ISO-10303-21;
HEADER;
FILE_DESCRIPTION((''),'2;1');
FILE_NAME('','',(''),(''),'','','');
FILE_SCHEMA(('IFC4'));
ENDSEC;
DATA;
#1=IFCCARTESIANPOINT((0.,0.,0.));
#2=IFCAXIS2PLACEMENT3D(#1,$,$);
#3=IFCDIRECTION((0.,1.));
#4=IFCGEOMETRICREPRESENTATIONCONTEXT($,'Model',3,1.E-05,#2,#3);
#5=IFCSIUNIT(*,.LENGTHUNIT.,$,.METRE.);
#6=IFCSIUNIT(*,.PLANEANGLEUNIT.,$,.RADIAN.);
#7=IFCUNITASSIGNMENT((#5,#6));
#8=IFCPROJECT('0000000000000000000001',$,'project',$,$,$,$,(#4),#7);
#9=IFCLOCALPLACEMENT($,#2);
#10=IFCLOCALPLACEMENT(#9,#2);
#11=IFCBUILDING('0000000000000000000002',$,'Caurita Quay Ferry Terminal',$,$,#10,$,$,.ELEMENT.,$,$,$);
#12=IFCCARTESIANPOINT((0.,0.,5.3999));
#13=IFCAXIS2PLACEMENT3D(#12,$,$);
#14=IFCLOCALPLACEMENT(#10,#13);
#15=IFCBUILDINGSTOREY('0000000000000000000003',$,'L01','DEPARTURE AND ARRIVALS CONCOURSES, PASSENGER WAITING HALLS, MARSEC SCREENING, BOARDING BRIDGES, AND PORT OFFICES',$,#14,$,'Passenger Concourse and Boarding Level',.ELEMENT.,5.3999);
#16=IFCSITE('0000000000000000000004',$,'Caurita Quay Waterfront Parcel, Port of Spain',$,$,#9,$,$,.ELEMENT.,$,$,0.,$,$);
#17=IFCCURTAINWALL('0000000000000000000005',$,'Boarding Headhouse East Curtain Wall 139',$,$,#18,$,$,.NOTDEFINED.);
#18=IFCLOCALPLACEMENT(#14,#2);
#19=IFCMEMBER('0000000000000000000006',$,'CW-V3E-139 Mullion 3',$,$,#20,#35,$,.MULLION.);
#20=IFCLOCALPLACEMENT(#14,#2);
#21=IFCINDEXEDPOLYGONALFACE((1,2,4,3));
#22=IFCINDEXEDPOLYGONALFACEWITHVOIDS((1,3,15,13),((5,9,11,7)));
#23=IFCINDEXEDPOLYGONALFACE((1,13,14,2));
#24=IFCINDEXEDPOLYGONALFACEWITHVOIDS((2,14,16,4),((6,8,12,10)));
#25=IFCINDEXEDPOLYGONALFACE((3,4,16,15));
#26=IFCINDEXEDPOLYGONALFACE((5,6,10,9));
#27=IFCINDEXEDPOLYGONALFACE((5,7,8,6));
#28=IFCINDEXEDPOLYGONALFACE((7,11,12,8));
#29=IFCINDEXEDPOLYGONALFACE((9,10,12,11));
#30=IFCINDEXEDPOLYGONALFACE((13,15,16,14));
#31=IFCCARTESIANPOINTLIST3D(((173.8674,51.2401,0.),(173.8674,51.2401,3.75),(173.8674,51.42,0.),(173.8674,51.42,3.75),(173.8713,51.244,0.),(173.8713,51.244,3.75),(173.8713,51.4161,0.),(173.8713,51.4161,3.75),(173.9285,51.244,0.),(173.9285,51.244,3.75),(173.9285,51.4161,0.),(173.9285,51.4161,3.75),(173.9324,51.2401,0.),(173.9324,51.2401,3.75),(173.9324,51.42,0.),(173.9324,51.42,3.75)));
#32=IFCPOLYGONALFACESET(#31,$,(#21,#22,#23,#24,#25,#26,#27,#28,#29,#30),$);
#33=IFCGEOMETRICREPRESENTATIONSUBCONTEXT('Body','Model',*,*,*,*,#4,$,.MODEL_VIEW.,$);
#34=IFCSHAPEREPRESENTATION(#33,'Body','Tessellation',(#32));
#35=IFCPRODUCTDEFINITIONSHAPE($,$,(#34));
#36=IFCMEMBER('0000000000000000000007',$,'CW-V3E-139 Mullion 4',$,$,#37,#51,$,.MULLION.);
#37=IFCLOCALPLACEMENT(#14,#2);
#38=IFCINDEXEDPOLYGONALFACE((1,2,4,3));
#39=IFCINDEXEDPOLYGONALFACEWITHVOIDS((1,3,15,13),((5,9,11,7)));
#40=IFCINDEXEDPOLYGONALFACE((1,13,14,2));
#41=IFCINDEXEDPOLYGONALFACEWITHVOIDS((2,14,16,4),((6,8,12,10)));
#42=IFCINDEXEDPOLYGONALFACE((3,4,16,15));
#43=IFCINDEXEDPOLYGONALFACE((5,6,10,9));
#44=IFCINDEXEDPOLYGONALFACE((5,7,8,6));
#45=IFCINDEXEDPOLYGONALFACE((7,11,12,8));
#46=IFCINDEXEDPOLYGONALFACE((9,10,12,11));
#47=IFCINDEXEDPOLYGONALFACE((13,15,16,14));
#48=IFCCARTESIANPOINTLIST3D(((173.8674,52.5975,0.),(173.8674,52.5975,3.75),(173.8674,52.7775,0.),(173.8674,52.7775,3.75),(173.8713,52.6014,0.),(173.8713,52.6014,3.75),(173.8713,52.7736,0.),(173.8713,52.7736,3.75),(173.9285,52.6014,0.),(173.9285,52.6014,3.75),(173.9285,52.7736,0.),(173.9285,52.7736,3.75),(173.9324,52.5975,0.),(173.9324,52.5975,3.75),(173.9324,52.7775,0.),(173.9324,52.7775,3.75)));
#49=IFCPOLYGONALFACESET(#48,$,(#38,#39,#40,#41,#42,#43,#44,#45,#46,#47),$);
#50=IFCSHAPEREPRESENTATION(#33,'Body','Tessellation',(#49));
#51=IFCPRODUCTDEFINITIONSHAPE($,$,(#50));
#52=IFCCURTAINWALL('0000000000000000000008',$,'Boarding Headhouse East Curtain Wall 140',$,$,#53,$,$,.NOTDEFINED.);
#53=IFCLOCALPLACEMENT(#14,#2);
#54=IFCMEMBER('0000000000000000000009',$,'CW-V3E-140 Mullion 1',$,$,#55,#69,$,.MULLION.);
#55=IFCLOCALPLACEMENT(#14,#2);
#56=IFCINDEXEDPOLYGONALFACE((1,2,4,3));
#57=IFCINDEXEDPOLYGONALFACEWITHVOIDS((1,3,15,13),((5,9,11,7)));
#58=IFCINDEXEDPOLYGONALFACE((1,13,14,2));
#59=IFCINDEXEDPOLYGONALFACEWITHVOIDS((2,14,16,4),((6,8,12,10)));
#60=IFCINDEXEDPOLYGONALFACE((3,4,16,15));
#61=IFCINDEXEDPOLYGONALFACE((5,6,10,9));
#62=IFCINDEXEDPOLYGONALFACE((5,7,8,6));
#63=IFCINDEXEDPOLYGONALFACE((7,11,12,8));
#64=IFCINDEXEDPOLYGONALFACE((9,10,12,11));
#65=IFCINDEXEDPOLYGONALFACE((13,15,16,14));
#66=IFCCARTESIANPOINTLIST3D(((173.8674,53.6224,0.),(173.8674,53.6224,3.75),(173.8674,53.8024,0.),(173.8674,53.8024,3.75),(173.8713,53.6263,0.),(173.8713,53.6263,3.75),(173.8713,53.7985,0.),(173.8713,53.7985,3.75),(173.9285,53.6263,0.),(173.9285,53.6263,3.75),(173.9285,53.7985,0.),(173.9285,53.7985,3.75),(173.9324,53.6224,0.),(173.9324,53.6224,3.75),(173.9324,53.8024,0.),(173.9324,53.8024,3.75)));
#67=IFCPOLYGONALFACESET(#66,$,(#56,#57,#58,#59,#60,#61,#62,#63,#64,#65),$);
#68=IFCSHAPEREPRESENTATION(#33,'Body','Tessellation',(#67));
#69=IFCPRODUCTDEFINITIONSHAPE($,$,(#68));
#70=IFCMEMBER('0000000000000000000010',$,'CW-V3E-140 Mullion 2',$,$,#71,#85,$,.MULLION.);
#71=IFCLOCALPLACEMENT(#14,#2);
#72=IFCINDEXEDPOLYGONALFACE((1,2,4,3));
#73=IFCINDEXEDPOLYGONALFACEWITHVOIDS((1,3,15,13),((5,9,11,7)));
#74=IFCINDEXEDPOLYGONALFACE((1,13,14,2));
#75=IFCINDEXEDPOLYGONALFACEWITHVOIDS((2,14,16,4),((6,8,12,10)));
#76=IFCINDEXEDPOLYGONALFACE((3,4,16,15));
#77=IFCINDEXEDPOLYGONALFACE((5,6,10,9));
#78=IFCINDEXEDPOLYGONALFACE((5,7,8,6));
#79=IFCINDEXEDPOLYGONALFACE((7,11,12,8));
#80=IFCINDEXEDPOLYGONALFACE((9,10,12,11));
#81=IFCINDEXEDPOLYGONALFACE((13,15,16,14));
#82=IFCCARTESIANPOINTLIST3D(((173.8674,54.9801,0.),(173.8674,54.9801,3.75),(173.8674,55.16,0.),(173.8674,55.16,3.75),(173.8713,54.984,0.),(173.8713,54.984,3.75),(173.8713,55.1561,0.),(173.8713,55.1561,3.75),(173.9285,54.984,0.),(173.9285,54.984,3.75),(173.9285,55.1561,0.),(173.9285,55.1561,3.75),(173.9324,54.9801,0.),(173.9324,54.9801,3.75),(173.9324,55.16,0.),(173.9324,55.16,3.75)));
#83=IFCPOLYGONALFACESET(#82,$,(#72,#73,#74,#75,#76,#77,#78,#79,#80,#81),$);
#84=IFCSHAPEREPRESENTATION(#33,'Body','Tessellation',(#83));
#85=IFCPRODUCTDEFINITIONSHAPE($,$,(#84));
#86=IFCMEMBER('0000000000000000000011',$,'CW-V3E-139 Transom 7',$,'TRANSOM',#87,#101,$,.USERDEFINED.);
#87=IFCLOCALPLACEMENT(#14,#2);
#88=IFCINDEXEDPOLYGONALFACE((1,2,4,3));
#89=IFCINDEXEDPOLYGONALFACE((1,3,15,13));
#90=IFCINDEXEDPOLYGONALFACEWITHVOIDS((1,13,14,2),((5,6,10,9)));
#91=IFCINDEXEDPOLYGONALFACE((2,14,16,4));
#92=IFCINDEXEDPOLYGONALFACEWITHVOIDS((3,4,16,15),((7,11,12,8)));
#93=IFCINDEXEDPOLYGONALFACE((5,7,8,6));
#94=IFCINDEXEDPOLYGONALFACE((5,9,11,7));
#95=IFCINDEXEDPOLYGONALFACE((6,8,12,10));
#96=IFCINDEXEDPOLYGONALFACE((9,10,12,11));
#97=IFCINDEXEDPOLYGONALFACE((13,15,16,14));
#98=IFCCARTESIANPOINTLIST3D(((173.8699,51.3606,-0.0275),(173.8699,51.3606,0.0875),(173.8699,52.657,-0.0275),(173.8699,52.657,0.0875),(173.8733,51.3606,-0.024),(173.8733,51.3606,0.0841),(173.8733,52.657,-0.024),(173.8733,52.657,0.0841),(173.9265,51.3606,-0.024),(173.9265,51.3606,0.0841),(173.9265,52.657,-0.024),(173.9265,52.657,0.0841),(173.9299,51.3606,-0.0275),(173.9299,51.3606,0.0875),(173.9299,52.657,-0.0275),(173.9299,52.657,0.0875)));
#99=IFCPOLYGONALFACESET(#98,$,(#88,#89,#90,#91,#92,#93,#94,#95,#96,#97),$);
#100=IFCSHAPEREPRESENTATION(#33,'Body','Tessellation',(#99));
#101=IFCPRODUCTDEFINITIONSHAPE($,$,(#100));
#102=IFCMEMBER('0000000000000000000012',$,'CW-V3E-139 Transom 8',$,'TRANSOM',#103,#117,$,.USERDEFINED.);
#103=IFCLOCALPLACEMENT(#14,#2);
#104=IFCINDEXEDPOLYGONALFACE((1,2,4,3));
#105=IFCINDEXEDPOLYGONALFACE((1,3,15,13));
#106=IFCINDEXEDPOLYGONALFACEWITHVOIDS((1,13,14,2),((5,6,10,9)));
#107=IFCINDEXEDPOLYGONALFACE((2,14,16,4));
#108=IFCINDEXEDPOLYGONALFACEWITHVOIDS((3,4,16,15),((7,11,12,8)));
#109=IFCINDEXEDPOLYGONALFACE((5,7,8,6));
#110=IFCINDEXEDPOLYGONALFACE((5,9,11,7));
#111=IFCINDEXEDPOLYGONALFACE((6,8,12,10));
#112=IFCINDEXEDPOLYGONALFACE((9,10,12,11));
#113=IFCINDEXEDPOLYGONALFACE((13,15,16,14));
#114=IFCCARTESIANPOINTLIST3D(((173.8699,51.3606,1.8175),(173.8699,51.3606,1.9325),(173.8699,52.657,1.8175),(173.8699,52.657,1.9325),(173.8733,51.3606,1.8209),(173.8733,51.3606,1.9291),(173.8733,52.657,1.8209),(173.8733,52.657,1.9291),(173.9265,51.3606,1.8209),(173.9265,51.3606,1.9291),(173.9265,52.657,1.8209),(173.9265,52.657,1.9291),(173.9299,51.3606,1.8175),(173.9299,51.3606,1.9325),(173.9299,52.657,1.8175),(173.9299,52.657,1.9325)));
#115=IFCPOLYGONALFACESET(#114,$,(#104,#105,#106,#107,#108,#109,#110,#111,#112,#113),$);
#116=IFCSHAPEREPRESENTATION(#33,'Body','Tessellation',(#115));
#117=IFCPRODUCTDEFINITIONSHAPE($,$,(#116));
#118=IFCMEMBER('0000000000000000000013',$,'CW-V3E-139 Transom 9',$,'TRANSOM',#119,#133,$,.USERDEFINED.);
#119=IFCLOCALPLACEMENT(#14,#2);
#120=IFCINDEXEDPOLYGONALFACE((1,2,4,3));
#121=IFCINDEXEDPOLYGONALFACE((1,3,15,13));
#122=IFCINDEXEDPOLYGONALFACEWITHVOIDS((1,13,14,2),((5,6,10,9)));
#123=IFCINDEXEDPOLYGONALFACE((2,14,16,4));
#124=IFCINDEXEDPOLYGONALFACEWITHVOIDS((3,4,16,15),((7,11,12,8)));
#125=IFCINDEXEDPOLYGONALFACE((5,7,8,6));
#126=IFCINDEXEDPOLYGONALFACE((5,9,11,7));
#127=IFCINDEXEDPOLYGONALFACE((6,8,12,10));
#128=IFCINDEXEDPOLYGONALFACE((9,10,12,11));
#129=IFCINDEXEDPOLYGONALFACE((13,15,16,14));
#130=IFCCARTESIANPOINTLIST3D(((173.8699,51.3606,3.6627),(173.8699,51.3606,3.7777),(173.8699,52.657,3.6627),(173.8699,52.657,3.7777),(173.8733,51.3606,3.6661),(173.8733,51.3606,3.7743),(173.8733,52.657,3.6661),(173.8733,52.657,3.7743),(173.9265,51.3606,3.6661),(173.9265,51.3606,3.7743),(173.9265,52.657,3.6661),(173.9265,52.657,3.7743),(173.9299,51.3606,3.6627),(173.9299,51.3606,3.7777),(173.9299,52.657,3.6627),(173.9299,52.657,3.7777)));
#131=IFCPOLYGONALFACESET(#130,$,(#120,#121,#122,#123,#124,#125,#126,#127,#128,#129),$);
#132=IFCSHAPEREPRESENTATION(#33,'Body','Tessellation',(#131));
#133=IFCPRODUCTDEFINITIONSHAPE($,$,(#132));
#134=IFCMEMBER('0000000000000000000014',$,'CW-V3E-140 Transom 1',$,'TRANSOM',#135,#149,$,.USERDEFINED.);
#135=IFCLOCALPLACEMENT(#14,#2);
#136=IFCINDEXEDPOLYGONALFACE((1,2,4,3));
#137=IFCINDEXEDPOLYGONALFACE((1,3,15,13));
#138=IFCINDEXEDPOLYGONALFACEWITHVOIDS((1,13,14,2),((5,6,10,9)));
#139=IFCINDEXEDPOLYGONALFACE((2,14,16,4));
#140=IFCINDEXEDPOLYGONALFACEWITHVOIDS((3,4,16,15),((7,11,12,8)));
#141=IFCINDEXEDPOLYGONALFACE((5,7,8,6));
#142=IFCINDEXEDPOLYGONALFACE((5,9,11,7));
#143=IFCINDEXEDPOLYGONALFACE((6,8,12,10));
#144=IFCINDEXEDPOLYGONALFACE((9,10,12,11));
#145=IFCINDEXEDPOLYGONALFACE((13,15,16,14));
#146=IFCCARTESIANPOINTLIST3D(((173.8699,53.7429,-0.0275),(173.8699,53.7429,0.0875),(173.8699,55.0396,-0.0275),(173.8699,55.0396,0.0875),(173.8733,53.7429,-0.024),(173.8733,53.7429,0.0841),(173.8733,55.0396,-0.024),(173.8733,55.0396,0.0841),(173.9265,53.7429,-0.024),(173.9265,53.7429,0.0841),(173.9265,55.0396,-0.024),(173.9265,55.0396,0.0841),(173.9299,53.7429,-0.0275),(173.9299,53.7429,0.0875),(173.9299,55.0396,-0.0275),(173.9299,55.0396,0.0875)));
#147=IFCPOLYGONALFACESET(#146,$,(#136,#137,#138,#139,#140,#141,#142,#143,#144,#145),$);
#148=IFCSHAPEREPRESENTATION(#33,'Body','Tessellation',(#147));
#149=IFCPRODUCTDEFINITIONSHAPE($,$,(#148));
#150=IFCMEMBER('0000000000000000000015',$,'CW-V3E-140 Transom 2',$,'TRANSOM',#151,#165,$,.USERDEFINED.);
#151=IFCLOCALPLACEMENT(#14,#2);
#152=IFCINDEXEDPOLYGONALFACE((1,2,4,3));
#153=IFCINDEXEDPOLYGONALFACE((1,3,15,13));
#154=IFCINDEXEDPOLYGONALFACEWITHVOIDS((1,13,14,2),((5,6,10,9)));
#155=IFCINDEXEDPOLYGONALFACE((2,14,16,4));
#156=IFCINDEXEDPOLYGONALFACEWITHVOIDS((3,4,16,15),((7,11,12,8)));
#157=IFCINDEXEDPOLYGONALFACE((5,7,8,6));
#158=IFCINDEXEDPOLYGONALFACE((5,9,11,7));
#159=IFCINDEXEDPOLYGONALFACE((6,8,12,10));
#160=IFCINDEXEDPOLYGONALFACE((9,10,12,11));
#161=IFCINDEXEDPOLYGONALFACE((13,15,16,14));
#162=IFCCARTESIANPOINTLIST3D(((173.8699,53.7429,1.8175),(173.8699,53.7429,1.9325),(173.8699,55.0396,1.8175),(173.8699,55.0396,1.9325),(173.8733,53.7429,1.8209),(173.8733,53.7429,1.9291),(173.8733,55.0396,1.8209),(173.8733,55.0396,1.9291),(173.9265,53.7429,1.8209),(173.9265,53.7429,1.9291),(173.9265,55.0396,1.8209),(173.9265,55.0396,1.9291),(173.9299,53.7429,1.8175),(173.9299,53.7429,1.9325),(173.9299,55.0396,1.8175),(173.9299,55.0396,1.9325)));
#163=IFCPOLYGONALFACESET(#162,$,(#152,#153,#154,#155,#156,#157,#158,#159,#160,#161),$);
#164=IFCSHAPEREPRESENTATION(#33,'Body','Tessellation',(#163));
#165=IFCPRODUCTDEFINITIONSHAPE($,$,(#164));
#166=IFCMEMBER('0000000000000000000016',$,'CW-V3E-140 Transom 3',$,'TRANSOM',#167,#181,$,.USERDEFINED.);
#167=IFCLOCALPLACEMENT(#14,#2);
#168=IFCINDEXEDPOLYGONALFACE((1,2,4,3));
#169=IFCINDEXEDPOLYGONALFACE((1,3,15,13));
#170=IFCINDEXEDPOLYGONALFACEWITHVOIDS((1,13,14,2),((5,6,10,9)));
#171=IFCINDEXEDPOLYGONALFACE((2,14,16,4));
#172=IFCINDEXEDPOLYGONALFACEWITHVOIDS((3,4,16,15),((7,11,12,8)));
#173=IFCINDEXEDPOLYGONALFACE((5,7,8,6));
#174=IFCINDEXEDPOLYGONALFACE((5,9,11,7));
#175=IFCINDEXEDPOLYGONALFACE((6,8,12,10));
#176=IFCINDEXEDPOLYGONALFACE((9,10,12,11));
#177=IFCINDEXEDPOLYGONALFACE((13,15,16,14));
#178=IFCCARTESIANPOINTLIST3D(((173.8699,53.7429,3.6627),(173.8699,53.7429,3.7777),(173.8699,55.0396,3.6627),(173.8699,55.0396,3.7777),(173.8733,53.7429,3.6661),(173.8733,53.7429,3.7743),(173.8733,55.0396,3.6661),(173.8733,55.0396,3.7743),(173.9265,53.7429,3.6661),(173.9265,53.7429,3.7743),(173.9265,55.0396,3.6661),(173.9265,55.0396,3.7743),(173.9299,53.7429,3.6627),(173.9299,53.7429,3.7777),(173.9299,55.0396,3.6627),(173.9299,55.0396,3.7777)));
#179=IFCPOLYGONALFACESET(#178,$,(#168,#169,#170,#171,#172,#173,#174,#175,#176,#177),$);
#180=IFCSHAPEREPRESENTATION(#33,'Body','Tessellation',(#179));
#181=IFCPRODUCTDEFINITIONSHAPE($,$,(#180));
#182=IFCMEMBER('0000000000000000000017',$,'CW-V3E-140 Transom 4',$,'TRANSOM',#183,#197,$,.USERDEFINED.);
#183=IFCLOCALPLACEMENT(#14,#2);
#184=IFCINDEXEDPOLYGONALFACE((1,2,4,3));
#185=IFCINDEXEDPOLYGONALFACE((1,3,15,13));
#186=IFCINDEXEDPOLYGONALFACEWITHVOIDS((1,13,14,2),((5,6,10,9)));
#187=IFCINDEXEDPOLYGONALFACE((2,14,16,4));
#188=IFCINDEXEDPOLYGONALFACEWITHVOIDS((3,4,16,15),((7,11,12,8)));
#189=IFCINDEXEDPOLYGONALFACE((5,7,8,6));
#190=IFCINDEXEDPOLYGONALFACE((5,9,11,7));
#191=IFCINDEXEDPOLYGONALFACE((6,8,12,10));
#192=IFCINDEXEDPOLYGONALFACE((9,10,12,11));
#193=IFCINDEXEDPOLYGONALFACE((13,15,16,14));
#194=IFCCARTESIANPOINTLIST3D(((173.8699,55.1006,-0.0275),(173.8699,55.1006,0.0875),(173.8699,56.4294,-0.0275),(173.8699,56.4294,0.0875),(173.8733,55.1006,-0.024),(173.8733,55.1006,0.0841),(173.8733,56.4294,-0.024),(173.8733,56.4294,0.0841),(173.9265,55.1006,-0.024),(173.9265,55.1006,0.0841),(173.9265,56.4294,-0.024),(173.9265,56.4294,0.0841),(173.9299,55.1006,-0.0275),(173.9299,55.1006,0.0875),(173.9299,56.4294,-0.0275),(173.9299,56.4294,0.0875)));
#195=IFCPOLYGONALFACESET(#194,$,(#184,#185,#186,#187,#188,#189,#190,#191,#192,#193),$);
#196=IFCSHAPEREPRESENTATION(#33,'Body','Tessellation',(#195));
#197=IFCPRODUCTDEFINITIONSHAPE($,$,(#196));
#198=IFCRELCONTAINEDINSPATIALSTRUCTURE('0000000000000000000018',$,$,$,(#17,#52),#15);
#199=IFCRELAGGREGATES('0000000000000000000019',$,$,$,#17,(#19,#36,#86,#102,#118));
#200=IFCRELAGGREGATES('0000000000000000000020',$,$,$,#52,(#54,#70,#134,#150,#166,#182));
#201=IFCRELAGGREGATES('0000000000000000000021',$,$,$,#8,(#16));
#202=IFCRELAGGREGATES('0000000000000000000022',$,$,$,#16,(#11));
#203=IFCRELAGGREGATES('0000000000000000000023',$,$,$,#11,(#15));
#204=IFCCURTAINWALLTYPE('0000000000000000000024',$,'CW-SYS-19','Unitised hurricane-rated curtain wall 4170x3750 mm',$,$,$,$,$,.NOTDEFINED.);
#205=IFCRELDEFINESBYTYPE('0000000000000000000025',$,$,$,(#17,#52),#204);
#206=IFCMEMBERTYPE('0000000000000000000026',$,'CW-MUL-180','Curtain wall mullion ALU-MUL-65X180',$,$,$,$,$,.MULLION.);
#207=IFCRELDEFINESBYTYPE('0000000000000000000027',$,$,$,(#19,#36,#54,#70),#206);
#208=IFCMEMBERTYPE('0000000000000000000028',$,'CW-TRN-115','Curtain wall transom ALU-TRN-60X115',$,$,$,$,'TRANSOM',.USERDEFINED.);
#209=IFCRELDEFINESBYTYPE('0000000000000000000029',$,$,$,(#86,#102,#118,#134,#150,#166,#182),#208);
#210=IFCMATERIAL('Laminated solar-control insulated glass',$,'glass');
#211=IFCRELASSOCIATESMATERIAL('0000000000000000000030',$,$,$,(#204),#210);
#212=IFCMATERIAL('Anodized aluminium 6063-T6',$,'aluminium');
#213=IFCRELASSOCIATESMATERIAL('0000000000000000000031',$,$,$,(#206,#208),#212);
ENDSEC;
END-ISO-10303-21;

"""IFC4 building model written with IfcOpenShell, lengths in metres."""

from ifc_helpers import new_model, si_unit, direction, frame, origin, origin_2d, place, context, subcontext, project, spatial, hollow_rectangle, extrude, material, material_profile, profile_set, type_object, element, aggregate, save


model = new_model("IFC4")

# Units and contexts
model_context = context("Model", 3, precision=1e-05, world=origin(), true_north=direction((0.0, 1.0)))
body_context = subcontext(model_context, "Body", "Model", "MODEL_VIEW")
ifc_project = project(units=[si_unit("LENGTHUNIT", "METRE"), si_unit("PLANEANGLEUNIT", "RADIAN")], contexts=[model_context])

# Site, building, storey
site_placement = place(None, origin())
site = spatial("IfcSite", under=ifc_project, at=site_placement, Name="Caurita Quay Waterfront Parcel, Port of Spain", CompositionType="ELEMENT", RefElevation=0.0)
building_placement = place(site_placement, origin())
building = spatial("IfcBuilding", under=site, at=building_placement, Name="Caurita Quay Ferry Terminal", CompositionType="ELEMENT")
storey_placement = place(building_placement, frame((0.0, 0.0, 5.3999)))
storey = spatial("IfcBuildingStorey", under=building, at=storey_placement, Name="L01", Description="DEPARTURE AND ARRIVALS CONCOURSES, PASSENGER WAITING HALLS, MARSEC SCREENING, BOARDING BRIDGES, AND PORT OFFICES", LongName="Passenger Concourse and Boarding Level", CompositionType="ELEMENT", Elevation=5.3999)

# Curtain walls, members
ifc_material_1 = material(Name="Laminated solar-control insulated glass", Category="glass")
curtain_wall_type = type_object("IfcCurtainWallType", Name="CW-SYS-19", Description="Unitised hurricane-rated curtain wall 4170x3750 mm", PredefinedType="NOTDEFINED", material=ifc_material_1)
curtain_wall_1_placement = place(storey_placement, origin())
curtain_wall_1 = element("IfcCurtainWall", 1, at=curtain_wall_1_placement, inside=storey, type_object=curtain_wall_type, Name="Boarding Headhouse East Curtain Wall 139", PredefinedType="NOTDEFINED")
ifc_material_2 = material(Name="Anodized aluminium 6063-T6", Category="aluminium")
ifc_material_profile_1 = material_profile(ifc_material_2, hollow_rectangle(XDim=0.0649, YDim=0.1799, WallThickness=0.0039, at=origin_2d()), Name="ALU-MUL-65X180")
ifc_profile_set_1 = profile_set([ifc_material_profile_1], Name="Anodized aluminium 6063-T6")
member_type_1 = type_object("IfcMemberType", Name="CW-MUL-180", Description="Curtain wall mullion ALU-MUL-65X180", PredefinedType="MULLION", material=ifc_profile_set_1)
member_1_placement = place(storey_placement, frame((173.8999, 51.3301, 0.0), z_axis=(0.0, 0.0, 1.0), x_axis=(-1.0, 0.0, 0.0)))
member_1 = element("IfcMember", 2, at=member_1_placement, type_object=member_type_1, Name="CW-V3E-139 Mullion 3", PredefinedType="MULLION", context=body_context, shape_type="SweptSolid", body=[
    extrude(hollow_rectangle(XDim=0.0649, YDim=0.1799, WallThickness=0.0039, at=origin_2d()), origin(), (0.0, 0.0, 1.0), 3.75),
])
member_2_placement = place(storey_placement, frame((173.8999, 52.6875, 0.0), z_axis=(0.0, 0.0, 1.0), x_axis=(-1.0, 0.0, 0.0)))
member_2 = element("IfcMember", 3, at=member_2_placement, type_object=member_type_1, Name="CW-V3E-139 Mullion 4", PredefinedType="MULLION", context=body_context, shape_type="SweptSolid", body=[
    extrude(hollow_rectangle(XDim=0.0649, YDim=0.1799, WallThickness=0.0039, at=origin_2d()), origin(), (0.0, 0.0, 1.0), 3.75),
])
curtain_wall_2_placement = place(storey_placement, origin())
curtain_wall_2 = element("IfcCurtainWall", 4, at=curtain_wall_2_placement, inside=storey, type_object=curtain_wall_type, Name="Boarding Headhouse East Curtain Wall 140", PredefinedType="NOTDEFINED")
member_3_placement = place(storey_placement, frame((173.8999, 53.7124, 0.0), z_axis=(0.0, 0.0, 1.0), x_axis=(-1.0, 0.0, 0.0)))
member_3 = element("IfcMember", 5, at=member_3_placement, type_object=member_type_1, Name="CW-V3E-140 Mullion 1", PredefinedType="MULLION", context=body_context, shape_type="SweptSolid", body=[
    extrude(hollow_rectangle(XDim=0.0649, YDim=0.1799, WallThickness=0.0039, at=origin_2d()), origin(), (0.0, 0.0, 1.0), 3.75),
])
member_4_placement = place(storey_placement, frame((173.8999, 55.0701, 0.0), z_axis=(0.0, 0.0, 1.0), x_axis=(-1.0, 0.0, 0.0)))
member_4 = element("IfcMember", 6, at=member_4_placement, type_object=member_type_1, Name="CW-V3E-140 Mullion 2", PredefinedType="MULLION", context=body_context, shape_type="SweptSolid", body=[
    extrude(hollow_rectangle(XDim=0.0649, YDim=0.1799, WallThickness=0.0039, at=origin_2d()), origin(), (0.0, 0.0, 1.0), 3.75),
])

# Members
ifc_material_profile_2 = material_profile(ifc_material_2, hollow_rectangle(XDim=0.0601, YDim=0.115, WallThickness=0.0034, at=origin_2d()), Name="ALU-TRN-60X115")
ifc_profile_set_2 = profile_set([ifc_material_profile_2], Name="Anodized aluminium 6063-T6")
member_type_2 = type_object("IfcMemberType", Name="CW-TRN-115", Description="Curtain wall transom ALU-TRN-60X115", ElementType="TRANSOM", PredefinedType="USERDEFINED", material=ifc_profile_set_2)
member_5_placement = place(storey_placement, frame((173.8999, 51.3606, 0.03), z_axis=(0.0, 1.0, 0.0), x_axis=(-1.0, 0.0, 0.0)))
member_5 = element("IfcMember", 7, at=member_5_placement, type_object=member_type_2, Name="CW-V3E-139 Transom 7", ObjectType="TRANSOM", PredefinedType="USERDEFINED", context=body_context, shape_type="SweptSolid", body=[
    extrude(hollow_rectangle(XDim=0.0601, YDim=0.115, WallThickness=0.0034, at=origin_2d()), origin(), (0.0, 0.0, 1.0), 1.2964),
])
member_6_placement = place(storey_placement, frame((173.8999, 51.3606, 1.875), z_axis=(0.0, 1.0, 0.0), x_axis=(-1.0, 0.0, 0.0)))
member_6 = element("IfcMember", 8, at=member_6_placement, type_object=member_type_2, Name="CW-V3E-139 Transom 8", ObjectType="TRANSOM", PredefinedType="USERDEFINED", context=body_context, shape_type="SweptSolid", body=[
    extrude(hollow_rectangle(XDim=0.0601, YDim=0.115, WallThickness=0.0034, at=origin_2d()), origin(), (0.0, 0.0, 1.0), 1.2964),
])
member_7_placement = place(storey_placement, frame((173.8999, 51.3606, 3.7202), z_axis=(0.0, 1.0, 0.0), x_axis=(-1.0, 0.0, 0.0)))
member_7 = element("IfcMember", 9, at=member_7_placement, type_object=member_type_2, Name="CW-V3E-139 Transom 9", ObjectType="TRANSOM", PredefinedType="USERDEFINED", context=body_context, shape_type="SweptSolid", body=[
    extrude(hollow_rectangle(XDim=0.0601, YDim=0.115, WallThickness=0.0034, at=origin_2d()), origin(), (0.0, 0.0, 1.0), 1.2964),
])
member_8_placement = place(storey_placement, frame((173.8999, 53.7429, 0.03), z_axis=(0.0, 1.0, 0.0), x_axis=(-1.0, 0.0, 0.0)))
member_8 = element("IfcMember", 10, at=member_8_placement, type_object=member_type_2, Name="CW-V3E-140 Transom 1", ObjectType="TRANSOM", PredefinedType="USERDEFINED", context=body_context, shape_type="SweptSolid", body=[
    extrude(hollow_rectangle(XDim=0.0601, YDim=0.115, WallThickness=0.0034, at=origin_2d()), origin(), (0.0, 0.0, 1.0), 1.2966),
])
member_9_placement = place(storey_placement, frame((173.8999, 53.7429, 1.875), z_axis=(0.0, 1.0, 0.0), x_axis=(-1.0, 0.0, 0.0)))
member_9 = element("IfcMember", 11, at=member_9_placement, type_object=member_type_2, Name="CW-V3E-140 Transom 2", ObjectType="TRANSOM", PredefinedType="USERDEFINED", context=body_context, shape_type="SweptSolid", body=[
    extrude(hollow_rectangle(XDim=0.0601, YDim=0.115, WallThickness=0.0034, at=origin_2d()), origin(), (0.0, 0.0, 1.0), 1.2966),
])
member_10_placement = place(storey_placement, frame((173.8999, 53.7429, 3.7202), z_axis=(0.0, 1.0, 0.0), x_axis=(-1.0, 0.0, 0.0)))
member_10 = element("IfcMember", 12, at=member_10_placement, type_object=member_type_2, Name="CW-V3E-140 Transom 3", ObjectType="TRANSOM", PredefinedType="USERDEFINED", context=body_context, shape_type="SweptSolid", body=[
    extrude(hollow_rectangle(XDim=0.0601, YDim=0.115, WallThickness=0.0034, at=origin_2d()), origin(), (0.0, 0.0, 1.0), 1.2966),
])
member_11_placement = place(storey_placement, frame((173.8999, 55.1006, 0.03), z_axis=(0.0, 1.0, 0.0), x_axis=(-1.0, 0.0, 0.0)))
member_11 = element("IfcMember", 13, at=member_11_placement, type_object=member_type_2, Name="CW-V3E-140 Transom 4", ObjectType="TRANSOM", PredefinedType="USERDEFINED", context=body_context, shape_type="SweptSolid", body=[
    extrude(hollow_rectangle(XDim=0.0601, YDim=0.115, WallThickness=0.0034, at=origin_2d()), origin(), (0.0, 0.0, 1.0), 1.3289),
])

aggregate(curtain_wall_1, [member_1, member_2, member_5, member_6, member_7])
aggregate(curtain_wall_2, [member_3, member_4, member_8, member_9, member_10, member_11])

save(model, "model.ifc")
